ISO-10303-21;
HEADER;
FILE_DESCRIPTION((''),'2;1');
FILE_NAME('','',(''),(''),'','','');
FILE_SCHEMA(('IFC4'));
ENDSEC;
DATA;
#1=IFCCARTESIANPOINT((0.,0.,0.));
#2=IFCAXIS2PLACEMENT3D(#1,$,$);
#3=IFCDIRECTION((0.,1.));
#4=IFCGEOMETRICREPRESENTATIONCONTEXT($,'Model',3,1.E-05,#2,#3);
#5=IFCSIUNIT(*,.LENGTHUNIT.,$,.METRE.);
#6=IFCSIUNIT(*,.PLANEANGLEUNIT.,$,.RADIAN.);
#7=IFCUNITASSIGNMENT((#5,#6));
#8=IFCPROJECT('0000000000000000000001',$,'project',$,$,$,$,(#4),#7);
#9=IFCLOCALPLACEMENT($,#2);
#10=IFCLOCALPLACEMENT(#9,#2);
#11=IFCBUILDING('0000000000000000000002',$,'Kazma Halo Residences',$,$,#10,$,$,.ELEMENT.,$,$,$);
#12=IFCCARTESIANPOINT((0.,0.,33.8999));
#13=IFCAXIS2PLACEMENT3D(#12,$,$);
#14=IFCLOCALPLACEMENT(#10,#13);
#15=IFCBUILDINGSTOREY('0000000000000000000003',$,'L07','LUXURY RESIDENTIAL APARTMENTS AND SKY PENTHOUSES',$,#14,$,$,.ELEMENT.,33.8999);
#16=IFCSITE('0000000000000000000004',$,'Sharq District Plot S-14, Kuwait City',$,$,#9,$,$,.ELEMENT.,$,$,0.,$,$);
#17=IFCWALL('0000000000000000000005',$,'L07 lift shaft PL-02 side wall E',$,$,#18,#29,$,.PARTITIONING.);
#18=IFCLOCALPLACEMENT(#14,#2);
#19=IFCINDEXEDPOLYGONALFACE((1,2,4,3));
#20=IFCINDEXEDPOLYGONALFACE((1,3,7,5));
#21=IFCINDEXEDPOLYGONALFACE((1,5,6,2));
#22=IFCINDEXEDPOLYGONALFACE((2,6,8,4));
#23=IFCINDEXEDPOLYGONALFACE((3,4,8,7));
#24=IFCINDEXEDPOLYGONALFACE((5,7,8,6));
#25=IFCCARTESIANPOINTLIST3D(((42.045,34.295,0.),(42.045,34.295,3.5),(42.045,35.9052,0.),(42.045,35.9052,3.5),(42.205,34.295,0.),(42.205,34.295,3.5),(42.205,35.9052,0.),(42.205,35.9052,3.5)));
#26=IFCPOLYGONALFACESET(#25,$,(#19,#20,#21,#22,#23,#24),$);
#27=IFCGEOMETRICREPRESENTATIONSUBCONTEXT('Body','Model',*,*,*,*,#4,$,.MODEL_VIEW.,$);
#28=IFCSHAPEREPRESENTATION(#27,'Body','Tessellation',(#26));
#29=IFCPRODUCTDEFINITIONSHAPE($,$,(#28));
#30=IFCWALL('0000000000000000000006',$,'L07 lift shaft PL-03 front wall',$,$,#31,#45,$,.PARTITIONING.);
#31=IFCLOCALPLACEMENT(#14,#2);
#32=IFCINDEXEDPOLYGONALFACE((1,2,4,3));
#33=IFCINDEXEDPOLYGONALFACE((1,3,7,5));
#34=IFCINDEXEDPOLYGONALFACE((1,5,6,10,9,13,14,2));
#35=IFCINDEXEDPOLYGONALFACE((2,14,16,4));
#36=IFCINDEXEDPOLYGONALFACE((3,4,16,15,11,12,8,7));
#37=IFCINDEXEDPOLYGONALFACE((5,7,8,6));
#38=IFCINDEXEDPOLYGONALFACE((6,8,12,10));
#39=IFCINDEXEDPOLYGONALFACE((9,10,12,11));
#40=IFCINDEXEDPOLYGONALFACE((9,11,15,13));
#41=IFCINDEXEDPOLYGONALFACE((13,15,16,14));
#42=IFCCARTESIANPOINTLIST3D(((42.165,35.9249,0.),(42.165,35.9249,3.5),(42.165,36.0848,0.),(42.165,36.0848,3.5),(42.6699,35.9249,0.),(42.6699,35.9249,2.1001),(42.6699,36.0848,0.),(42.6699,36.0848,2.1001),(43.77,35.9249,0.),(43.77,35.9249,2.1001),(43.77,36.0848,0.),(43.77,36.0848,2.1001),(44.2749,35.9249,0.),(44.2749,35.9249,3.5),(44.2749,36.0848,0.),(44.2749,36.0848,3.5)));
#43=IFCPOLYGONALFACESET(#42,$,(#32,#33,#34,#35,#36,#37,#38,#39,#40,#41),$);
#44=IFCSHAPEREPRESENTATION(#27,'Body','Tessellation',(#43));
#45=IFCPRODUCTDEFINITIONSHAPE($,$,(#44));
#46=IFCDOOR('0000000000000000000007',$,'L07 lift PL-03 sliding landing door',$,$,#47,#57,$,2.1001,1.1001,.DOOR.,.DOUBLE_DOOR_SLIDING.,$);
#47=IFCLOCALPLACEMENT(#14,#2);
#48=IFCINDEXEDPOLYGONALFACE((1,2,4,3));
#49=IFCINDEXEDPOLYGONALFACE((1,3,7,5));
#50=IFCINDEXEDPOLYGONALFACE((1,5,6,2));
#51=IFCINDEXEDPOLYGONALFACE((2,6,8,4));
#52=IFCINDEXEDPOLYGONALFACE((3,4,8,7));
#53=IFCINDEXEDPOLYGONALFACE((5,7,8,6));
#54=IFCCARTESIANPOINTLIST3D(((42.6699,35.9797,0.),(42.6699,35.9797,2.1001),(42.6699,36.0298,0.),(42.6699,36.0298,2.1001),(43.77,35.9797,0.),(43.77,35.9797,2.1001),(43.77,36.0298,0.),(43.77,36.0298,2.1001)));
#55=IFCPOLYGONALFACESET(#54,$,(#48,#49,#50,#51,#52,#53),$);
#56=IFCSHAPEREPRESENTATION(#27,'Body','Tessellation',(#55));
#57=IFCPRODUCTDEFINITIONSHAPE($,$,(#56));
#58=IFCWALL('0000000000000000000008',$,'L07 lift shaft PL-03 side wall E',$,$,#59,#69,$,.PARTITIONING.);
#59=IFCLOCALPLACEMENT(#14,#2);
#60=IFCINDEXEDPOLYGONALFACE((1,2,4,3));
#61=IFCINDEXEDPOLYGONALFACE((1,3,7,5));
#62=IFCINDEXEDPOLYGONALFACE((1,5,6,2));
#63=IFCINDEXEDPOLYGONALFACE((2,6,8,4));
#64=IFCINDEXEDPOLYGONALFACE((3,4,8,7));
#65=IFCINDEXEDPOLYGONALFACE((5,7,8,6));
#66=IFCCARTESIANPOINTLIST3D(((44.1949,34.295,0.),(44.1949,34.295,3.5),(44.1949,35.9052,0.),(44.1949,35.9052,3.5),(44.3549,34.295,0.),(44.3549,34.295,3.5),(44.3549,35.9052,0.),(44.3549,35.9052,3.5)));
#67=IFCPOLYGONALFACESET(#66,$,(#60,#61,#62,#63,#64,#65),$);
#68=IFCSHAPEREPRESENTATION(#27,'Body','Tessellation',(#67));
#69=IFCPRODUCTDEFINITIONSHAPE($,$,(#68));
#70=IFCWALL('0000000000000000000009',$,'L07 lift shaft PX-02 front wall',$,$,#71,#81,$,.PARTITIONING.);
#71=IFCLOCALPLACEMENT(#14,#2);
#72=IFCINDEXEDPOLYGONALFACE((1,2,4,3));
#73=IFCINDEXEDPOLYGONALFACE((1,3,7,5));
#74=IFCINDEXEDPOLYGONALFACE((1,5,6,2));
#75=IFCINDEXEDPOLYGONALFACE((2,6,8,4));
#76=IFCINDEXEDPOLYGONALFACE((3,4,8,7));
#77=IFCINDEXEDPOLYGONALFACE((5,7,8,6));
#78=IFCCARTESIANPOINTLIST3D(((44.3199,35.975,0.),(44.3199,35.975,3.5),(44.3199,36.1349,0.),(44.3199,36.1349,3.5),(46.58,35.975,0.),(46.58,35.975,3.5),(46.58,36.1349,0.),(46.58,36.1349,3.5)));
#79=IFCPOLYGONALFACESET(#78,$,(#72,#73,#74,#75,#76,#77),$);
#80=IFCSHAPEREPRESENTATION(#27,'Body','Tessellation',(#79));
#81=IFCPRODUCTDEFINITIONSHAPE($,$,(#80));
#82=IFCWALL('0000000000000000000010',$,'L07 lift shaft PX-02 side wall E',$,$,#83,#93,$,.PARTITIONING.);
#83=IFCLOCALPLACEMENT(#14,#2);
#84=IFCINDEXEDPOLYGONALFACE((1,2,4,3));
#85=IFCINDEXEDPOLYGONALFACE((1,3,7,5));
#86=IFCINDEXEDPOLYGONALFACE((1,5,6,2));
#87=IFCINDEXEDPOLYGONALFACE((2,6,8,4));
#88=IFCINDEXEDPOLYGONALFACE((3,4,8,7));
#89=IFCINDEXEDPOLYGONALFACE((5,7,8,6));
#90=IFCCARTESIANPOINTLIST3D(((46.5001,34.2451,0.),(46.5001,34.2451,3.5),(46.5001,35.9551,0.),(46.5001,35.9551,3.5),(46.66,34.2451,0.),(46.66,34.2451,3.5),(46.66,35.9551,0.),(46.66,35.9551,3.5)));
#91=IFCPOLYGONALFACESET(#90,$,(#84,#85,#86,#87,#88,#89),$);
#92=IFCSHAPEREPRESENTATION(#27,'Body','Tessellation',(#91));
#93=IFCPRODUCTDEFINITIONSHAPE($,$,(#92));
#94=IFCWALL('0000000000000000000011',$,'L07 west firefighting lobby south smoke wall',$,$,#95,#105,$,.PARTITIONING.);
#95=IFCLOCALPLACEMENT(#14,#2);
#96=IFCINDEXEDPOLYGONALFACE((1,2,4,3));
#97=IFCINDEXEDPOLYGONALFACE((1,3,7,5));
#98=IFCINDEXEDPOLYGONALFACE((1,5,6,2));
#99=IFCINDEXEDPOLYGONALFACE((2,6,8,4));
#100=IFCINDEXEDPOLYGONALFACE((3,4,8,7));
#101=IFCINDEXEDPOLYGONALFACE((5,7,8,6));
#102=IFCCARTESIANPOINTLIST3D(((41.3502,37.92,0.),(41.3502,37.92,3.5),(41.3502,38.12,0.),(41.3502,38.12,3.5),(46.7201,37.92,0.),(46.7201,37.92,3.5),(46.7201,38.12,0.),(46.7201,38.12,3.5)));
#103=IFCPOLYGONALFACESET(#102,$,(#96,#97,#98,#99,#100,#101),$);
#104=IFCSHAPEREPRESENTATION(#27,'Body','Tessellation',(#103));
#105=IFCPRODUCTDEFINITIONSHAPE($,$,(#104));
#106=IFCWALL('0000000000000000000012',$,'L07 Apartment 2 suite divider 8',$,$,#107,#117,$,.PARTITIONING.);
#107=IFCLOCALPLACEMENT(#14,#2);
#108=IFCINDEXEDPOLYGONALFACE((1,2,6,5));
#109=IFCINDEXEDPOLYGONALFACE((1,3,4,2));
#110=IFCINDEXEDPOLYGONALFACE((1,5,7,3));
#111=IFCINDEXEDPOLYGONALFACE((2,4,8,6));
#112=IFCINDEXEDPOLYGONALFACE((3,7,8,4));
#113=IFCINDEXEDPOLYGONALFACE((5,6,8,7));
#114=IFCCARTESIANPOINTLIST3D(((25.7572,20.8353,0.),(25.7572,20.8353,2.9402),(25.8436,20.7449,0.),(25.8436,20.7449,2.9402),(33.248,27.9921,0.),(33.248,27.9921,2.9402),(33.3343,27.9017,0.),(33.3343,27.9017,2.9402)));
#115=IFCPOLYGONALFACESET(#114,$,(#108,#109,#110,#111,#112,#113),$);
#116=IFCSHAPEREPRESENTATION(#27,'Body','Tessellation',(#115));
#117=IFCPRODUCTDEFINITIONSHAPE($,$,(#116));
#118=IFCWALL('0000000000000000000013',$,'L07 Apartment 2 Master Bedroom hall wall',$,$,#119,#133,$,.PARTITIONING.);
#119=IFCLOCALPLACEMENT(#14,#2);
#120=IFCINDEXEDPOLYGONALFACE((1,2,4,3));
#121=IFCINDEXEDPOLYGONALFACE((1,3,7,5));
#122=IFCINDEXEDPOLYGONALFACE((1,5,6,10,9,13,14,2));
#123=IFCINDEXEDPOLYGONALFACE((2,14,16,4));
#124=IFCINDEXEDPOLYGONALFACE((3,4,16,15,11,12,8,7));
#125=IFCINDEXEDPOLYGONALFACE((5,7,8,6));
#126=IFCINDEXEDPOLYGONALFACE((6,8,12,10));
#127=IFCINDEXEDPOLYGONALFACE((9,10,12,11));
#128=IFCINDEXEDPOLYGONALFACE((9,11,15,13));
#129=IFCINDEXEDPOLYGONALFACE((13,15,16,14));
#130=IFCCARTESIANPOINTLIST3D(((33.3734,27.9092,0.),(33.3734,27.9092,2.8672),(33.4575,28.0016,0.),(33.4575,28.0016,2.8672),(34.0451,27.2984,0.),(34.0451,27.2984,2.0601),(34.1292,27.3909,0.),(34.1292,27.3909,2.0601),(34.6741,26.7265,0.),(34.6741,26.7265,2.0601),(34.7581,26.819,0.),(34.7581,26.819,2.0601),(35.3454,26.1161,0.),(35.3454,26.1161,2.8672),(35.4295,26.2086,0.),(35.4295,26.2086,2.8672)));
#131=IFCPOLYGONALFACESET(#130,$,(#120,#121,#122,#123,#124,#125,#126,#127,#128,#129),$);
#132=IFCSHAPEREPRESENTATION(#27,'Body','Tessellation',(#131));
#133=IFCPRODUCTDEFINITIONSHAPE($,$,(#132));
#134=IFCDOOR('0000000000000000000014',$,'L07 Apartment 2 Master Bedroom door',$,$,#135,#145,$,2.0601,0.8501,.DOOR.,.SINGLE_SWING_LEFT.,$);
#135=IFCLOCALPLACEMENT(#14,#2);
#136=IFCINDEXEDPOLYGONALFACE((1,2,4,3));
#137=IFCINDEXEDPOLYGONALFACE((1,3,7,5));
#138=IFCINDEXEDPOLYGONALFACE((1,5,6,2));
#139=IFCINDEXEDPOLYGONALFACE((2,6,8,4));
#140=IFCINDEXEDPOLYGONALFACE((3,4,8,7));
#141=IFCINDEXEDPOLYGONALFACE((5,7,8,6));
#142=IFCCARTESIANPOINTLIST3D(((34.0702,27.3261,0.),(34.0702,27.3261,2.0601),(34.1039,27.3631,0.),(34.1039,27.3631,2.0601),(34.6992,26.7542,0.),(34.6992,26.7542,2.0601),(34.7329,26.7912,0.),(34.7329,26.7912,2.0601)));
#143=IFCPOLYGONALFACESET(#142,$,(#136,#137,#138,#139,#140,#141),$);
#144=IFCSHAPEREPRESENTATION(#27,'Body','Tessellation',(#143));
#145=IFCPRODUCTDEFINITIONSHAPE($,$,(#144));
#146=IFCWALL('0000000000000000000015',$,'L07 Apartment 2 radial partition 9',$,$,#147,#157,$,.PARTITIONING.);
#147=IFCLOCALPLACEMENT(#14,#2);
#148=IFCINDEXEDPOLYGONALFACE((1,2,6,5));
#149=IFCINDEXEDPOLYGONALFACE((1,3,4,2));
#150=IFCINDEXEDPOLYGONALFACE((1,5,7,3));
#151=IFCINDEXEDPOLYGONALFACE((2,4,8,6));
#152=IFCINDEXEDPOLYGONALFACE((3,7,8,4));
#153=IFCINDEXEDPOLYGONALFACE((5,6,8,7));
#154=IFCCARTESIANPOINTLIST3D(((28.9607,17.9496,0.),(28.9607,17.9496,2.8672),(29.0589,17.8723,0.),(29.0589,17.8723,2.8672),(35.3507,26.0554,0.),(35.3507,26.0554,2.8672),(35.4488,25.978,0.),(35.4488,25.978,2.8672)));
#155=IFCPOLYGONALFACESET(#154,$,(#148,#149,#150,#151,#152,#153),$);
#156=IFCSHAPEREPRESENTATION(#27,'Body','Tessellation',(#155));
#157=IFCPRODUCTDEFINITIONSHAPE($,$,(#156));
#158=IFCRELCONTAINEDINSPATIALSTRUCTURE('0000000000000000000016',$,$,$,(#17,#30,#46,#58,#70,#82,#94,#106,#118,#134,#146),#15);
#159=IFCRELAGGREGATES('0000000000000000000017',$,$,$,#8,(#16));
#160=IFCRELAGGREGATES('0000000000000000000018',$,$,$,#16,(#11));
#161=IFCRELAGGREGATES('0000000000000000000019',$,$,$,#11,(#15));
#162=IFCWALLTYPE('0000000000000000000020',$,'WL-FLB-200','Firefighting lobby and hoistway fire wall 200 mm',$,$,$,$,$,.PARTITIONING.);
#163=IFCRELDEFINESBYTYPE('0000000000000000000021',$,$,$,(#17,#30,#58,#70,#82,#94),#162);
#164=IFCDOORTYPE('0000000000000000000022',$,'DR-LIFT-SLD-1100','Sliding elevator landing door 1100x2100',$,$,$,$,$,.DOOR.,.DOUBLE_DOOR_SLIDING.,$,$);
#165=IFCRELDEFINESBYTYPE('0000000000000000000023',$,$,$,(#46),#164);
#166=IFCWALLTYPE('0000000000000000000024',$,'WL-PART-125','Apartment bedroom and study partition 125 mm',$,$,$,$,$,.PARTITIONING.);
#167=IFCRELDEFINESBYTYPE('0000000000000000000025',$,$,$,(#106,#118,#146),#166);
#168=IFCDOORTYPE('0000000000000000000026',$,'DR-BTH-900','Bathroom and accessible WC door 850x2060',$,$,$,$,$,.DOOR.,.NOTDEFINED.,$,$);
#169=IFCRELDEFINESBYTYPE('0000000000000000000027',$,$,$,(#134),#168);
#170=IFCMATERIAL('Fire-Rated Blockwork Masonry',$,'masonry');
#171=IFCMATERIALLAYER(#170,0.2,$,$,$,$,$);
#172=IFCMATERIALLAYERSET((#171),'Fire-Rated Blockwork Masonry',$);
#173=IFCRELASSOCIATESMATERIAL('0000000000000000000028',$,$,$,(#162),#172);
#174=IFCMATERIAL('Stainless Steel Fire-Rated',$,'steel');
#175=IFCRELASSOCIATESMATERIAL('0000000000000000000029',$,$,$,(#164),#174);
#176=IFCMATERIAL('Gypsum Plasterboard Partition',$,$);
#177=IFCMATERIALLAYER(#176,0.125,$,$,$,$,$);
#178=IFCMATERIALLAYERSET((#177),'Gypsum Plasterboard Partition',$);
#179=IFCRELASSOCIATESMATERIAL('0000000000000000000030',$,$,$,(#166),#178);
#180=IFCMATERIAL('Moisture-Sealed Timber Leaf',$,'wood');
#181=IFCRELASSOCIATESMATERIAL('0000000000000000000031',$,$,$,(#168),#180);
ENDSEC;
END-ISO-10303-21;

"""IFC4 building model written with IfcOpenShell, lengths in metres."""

from ifc_helpers import new_model, si_unit, direction, frame, frame_2d, origin, place, context, subcontext, project, spatial, rectangle, extrude, material, layer, layer_set, type_object, element, fill, save


model = new_model("IFC4")

# Units and contexts
model_context = context("Model", 3, precision=1e-05, world=origin(), true_north=direction((0.0, 1.0)))
body_context = subcontext(model_context, "Body", "Model", "MODEL_VIEW")
ifc_project = project(units=[si_unit("LENGTHUNIT", "METRE"), si_unit("PLANEANGLEUNIT", "RADIAN")], contexts=[model_context])

# Site, building, storey
site_placement = place(None, origin())
site = spatial("IfcSite", under=ifc_project, at=site_placement, Name="Sharq District Plot S-14, Kuwait City", CompositionType="ELEMENT", RefElevation=0.0)
building_placement = place(site_placement, origin())
building = spatial("IfcBuilding", under=site, at=building_placement, Name="Kazma Halo Residences", CompositionType="ELEMENT")
storey_placement = place(building_placement, frame((0.0, 0.0, 33.8999)))
storey = spatial("IfcBuildingStorey", under=building, at=storey_placement, Name="L07", Description="LUXURY RESIDENTIAL APARTMENTS AND SKY PENTHOUSES", CompositionType="ELEMENT", Elevation=33.8999)

# Shared definitions
ifc_material_1 = material(Name="Fire-Rated Blockwork Masonry", Category="masonry")
ifc_layer_1 = layer(ifc_material_1, 0.2)
ifc_layer_set_1 = layer_set([ifc_layer_1], Name="Fire-Rated Blockwork Masonry")
wall_type_1 = type_object("IfcWallType", Name="WL-FLB-200", Description="Firefighting lobby and hoistway fire wall 200 mm", PredefinedType="PARTITIONING", material=ifc_layer_set_1)
ifc_material_2 = material(Name="Stainless Steel Fire-Rated", Category="steel")
door_type_1 = type_object("IfcDoorType", Name="DR-LIFT-SLD-1100", Description="Sliding elevator landing door 1100x2100", OperationType="DOUBLE_DOOR_SLIDING", PredefinedType="DOOR", material=ifc_material_2)

# Wall
wall_1_placement = place(storey_placement, frame((42.125, 34.2949, 0.0), z_axis=(0.0, 0.0, 1.0), x_axis=(0.0, 1.0, 0.0)))
element("IfcWall", 1, at=wall_1_placement, inside=storey, type_object=wall_type_1, Name="L07 lift shaft PL-02 side wall E", PredefinedType="PARTITIONING", context=body_context, shape_type="SweptSolid", body=[
    extrude(rectangle(XDim=1.6101, YDim=0.1599, at=frame_2d((0.8052, 0.0))), origin(), (0.0, 0.0, 1.0), 3.5),
])

# Wall, opening, door
wall_2_placement = place(storey_placement, frame((42.165, 36.0049, 0.0), z_axis=(0.0, 0.0, 1.0), x_axis=(1.0, 0.0, 0.0)))
wall_2 = element("IfcWall", 2, at=wall_2_placement, inside=storey, type_object=wall_type_1, Name="L07 lift shaft PL-03 front wall", PredefinedType="PARTITIONING", context=body_context, shape_type="SweptSolid", body=[
    extrude(rectangle(XDim=2.1099, YDim=0.1599, at=frame_2d((1.0549, 0.0))), origin(), (0.0, 0.0, 1.0), 3.5),
])
opening_1_placement = place(wall_2_placement, frame((0.5049, 0.0, 0.0)))
opening_1 = element("IfcOpeningElement", 3, at=opening_1_placement, cuts=wall_2, PredefinedType="OPENING", context=body_context, shape_type="SweptSolid", body=[
    extrude(rectangle(XDim=1.1001, YDim=2.1001, at=frame_2d((0.55, 1.05))), frame((0.0, 0.0898, 0.0), z_axis=(0.0, -1.0, 0.0), x_axis=(1.0, 0.0, 0.0)), (0.0, 0.0, 1.0), 0.1799),
])
door_1_placement = place(opening_1_placement, origin())
door_1 = element("IfcDoor", 4, at=door_1_placement, inside=storey, type_object=door_type_1, Name="L07 lift PL-03 sliding landing door", OperationType="DOUBLE_DOOR_SLIDING", OverallHeight=2.1001, OverallWidth=1.1001, PredefinedType="DOOR", context=body_context, shape_type="SweptSolid", body=[
    extrude(rectangle(XDim=1.1001, YDim=2.1001, at=frame_2d((0.55, 1.05))), frame((0.0, 0.0249, 0.0), z_axis=(0.0, -1.0, 0.0), x_axis=(1.0, 0.0, 0.0)), (0.0, 0.0, 1.0), 0.05),
])
fill(opening_1, door_1)

# Walls
wall_3_placement = place(storey_placement, frame((44.2749, 34.2949, 0.0), z_axis=(0.0, 0.0, 1.0), x_axis=(0.0, 1.0, 0.0)))
element("IfcWall", 5, at=wall_3_placement, inside=storey, type_object=wall_type_1, Name="L07 lift shaft PL-03 side wall E", PredefinedType="PARTITIONING", context=body_context, shape_type="SweptSolid", body=[
    extrude(rectangle(XDim=1.6101, YDim=0.1599, at=frame_2d((0.8052, 0.0))), origin(), (0.0, 0.0, 1.0), 3.5),
])
wall_4_placement = place(storey_placement, frame((44.3201, 36.0549, 0.0), z_axis=(0.0, 0.0, 1.0), x_axis=(1.0, 0.0, 0.0)))
element("IfcWall", 6, at=wall_4_placement, inside=storey, type_object=wall_type_1, Name="L07 lift shaft PX-02 front wall", PredefinedType="PARTITIONING", context=body_context, shape_type="SweptSolid", body=[
    extrude(rectangle(XDim=2.26, YDim=0.1599, at=frame_2d((1.1299, 0.0))), origin(), (0.0, 0.0, 1.0), 3.5),
])
wall_5_placement = place(storey_placement, frame((46.5801, 34.2451, 0.0), z_axis=(0.0, 0.0, 1.0), x_axis=(0.0, 1.0, 0.0)))
element("IfcWall", 7, at=wall_5_placement, inside=storey, type_object=wall_type_1, Name="L07 lift shaft PX-02 side wall E", PredefinedType="PARTITIONING", context=body_context, shape_type="SweptSolid", body=[
    extrude(rectangle(XDim=1.71, YDim=0.1599, at=frame_2d((0.855, 0.0))), origin(), (0.0, 0.0, 1.0), 3.5),
])
wall_6_placement = place(storey_placement, frame((41.3501, 38.02, 0.0), z_axis=(0.0, 0.0, 1.0), x_axis=(1.0, 0.0, 0.0)))
element("IfcWall", 8, at=wall_6_placement, inside=storey, type_object=wall_type_1, Name="L07 west firefighting lobby south smoke wall", PredefinedType="PARTITIONING", context=body_context, shape_type="SweptSolid", body=[
    extrude(rectangle(XDim=5.3699, YDim=0.2, at=frame_2d((2.6851, 0.0))), origin(), (0.0, 0.0, 1.0), 3.5),
])
ifc_material_3 = material(Name="Gypsum Plasterboard Partition")
ifc_layer_2 = layer(ifc_material_3, 0.125)
ifc_layer_set_2 = layer_set([ifc_layer_2], Name="Gypsum Plasterboard Partition")
wall_type_2 = type_object("IfcWallType", Name="WL-PART-125", Description="Apartment bedroom and study partition 125 mm", PredefinedType="PARTITIONING", material=ifc_layer_set_2)
wall_7_placement = place(storey_placement, frame((33.2913, 27.947, 0.0), z_axis=(0.0, 0.0, 1.0), x_axis=(-0.723042, -0.690804, 0.0)))
element("IfcWall", 9, at=wall_7_placement, inside=storey, type_object=wall_type_2, Name="L07 Apartment 2 suite divider 8", PredefinedType="PARTITIONING", context=body_context, shape_type="SweptSolid", body=[
    extrude(rectangle(XDim=10.3601, YDim=0.125, at=frame_2d((5.1802, 0.0))), origin(), (0.0, 0.0, 1.0), 2.9402),
])

# Wall, opening, door
wall_8_placement = place(storey_placement, frame((33.4155, 27.9553, 0.0), z_axis=(0.0, 0.0, 1.0), x_axis=(0.739882, -0.672737, 0.0)))
wall_8 = element("IfcWall", 10, at=wall_8_placement, inside=storey, type_object=wall_type_2, Name="L07 Apartment 2 Master Bedroom hall wall", PredefinedType="PARTITIONING", context=body_context, shape_type="SweptSolid", body=[
    extrude(rectangle(XDim=2.6653, YDim=0.125, at=frame_2d((1.3325, 0.0))), origin(), (0.0, 0.0, 1.0), 2.8672),
])
opening_2_placement = place(wall_8_placement, frame((0.9077, 0.0, 0.0)))
opening_2 = element("IfcOpeningElement", 11, at=opening_2_placement, cuts=wall_8, PredefinedType="OPENING", context=body_context, shape_type="SweptSolid", body=[
    extrude(rectangle(XDim=0.8501, YDim=2.0601, at=frame_2d((0.425, 1.03))), frame((0.0, 0.0725, 0.0), z_axis=(0.0, -1.0, 0.0), x_axis=(1.0, 0.0, 0.0)), (0.0, 0.0, 1.0), 0.145),
])
ifc_material_4 = material(Name="Moisture-Sealed Timber Leaf", Category="wood")
door_type_2 = type_object("IfcDoorType", Name="DR-BTH-900", Description="Bathroom and accessible WC door 850x2060", OperationType="NOTDEFINED", PredefinedType="DOOR", material=ifc_material_4)
door_2_placement = place(opening_2_placement, origin())
door_2 = element("IfcDoor", 12, at=door_2_placement, inside=storey, type_object=door_type_2, Name="L07 Apartment 2 Master Bedroom door", OperationType="SINGLE_SWING_LEFT", OverallHeight=2.0601, OverallWidth=0.8501, PredefinedType="DOOR", context=body_context, shape_type="SweptSolid", body=[
    extrude(rectangle(XDim=0.8501, YDim=2.0601, at=frame_2d((0.425, 1.03))), frame((0.0, 0.0249, 0.0), z_axis=(0.0, -1.0, 0.0), x_axis=(1.0, 0.0, 0.0)), (0.0, 0.0, 1.0), 0.05),
])
fill(opening_2, door_2)

# Wall
wall_9_placement = place(storey_placement, frame((35.3997, 26.0166, 0.0), z_axis=(0.0, 0.0, 1.0), x_axis=(-0.619086, -0.785323, 0.0)))
element("IfcWall", 13, at=wall_9_placement, inside=storey, type_object=wall_type_2, Name="L07 Apartment 2 radial partition 9", PredefinedType="PARTITIONING", context=body_context, shape_type="SweptSolid", body=[
    extrude(rectangle(XDim=10.3215, YDim=0.125, at=frame_2d((5.1606, 0.0))), origin(), (0.0, 0.0, 1.0), 2.8672),
])

save(model, "model.ifc")
